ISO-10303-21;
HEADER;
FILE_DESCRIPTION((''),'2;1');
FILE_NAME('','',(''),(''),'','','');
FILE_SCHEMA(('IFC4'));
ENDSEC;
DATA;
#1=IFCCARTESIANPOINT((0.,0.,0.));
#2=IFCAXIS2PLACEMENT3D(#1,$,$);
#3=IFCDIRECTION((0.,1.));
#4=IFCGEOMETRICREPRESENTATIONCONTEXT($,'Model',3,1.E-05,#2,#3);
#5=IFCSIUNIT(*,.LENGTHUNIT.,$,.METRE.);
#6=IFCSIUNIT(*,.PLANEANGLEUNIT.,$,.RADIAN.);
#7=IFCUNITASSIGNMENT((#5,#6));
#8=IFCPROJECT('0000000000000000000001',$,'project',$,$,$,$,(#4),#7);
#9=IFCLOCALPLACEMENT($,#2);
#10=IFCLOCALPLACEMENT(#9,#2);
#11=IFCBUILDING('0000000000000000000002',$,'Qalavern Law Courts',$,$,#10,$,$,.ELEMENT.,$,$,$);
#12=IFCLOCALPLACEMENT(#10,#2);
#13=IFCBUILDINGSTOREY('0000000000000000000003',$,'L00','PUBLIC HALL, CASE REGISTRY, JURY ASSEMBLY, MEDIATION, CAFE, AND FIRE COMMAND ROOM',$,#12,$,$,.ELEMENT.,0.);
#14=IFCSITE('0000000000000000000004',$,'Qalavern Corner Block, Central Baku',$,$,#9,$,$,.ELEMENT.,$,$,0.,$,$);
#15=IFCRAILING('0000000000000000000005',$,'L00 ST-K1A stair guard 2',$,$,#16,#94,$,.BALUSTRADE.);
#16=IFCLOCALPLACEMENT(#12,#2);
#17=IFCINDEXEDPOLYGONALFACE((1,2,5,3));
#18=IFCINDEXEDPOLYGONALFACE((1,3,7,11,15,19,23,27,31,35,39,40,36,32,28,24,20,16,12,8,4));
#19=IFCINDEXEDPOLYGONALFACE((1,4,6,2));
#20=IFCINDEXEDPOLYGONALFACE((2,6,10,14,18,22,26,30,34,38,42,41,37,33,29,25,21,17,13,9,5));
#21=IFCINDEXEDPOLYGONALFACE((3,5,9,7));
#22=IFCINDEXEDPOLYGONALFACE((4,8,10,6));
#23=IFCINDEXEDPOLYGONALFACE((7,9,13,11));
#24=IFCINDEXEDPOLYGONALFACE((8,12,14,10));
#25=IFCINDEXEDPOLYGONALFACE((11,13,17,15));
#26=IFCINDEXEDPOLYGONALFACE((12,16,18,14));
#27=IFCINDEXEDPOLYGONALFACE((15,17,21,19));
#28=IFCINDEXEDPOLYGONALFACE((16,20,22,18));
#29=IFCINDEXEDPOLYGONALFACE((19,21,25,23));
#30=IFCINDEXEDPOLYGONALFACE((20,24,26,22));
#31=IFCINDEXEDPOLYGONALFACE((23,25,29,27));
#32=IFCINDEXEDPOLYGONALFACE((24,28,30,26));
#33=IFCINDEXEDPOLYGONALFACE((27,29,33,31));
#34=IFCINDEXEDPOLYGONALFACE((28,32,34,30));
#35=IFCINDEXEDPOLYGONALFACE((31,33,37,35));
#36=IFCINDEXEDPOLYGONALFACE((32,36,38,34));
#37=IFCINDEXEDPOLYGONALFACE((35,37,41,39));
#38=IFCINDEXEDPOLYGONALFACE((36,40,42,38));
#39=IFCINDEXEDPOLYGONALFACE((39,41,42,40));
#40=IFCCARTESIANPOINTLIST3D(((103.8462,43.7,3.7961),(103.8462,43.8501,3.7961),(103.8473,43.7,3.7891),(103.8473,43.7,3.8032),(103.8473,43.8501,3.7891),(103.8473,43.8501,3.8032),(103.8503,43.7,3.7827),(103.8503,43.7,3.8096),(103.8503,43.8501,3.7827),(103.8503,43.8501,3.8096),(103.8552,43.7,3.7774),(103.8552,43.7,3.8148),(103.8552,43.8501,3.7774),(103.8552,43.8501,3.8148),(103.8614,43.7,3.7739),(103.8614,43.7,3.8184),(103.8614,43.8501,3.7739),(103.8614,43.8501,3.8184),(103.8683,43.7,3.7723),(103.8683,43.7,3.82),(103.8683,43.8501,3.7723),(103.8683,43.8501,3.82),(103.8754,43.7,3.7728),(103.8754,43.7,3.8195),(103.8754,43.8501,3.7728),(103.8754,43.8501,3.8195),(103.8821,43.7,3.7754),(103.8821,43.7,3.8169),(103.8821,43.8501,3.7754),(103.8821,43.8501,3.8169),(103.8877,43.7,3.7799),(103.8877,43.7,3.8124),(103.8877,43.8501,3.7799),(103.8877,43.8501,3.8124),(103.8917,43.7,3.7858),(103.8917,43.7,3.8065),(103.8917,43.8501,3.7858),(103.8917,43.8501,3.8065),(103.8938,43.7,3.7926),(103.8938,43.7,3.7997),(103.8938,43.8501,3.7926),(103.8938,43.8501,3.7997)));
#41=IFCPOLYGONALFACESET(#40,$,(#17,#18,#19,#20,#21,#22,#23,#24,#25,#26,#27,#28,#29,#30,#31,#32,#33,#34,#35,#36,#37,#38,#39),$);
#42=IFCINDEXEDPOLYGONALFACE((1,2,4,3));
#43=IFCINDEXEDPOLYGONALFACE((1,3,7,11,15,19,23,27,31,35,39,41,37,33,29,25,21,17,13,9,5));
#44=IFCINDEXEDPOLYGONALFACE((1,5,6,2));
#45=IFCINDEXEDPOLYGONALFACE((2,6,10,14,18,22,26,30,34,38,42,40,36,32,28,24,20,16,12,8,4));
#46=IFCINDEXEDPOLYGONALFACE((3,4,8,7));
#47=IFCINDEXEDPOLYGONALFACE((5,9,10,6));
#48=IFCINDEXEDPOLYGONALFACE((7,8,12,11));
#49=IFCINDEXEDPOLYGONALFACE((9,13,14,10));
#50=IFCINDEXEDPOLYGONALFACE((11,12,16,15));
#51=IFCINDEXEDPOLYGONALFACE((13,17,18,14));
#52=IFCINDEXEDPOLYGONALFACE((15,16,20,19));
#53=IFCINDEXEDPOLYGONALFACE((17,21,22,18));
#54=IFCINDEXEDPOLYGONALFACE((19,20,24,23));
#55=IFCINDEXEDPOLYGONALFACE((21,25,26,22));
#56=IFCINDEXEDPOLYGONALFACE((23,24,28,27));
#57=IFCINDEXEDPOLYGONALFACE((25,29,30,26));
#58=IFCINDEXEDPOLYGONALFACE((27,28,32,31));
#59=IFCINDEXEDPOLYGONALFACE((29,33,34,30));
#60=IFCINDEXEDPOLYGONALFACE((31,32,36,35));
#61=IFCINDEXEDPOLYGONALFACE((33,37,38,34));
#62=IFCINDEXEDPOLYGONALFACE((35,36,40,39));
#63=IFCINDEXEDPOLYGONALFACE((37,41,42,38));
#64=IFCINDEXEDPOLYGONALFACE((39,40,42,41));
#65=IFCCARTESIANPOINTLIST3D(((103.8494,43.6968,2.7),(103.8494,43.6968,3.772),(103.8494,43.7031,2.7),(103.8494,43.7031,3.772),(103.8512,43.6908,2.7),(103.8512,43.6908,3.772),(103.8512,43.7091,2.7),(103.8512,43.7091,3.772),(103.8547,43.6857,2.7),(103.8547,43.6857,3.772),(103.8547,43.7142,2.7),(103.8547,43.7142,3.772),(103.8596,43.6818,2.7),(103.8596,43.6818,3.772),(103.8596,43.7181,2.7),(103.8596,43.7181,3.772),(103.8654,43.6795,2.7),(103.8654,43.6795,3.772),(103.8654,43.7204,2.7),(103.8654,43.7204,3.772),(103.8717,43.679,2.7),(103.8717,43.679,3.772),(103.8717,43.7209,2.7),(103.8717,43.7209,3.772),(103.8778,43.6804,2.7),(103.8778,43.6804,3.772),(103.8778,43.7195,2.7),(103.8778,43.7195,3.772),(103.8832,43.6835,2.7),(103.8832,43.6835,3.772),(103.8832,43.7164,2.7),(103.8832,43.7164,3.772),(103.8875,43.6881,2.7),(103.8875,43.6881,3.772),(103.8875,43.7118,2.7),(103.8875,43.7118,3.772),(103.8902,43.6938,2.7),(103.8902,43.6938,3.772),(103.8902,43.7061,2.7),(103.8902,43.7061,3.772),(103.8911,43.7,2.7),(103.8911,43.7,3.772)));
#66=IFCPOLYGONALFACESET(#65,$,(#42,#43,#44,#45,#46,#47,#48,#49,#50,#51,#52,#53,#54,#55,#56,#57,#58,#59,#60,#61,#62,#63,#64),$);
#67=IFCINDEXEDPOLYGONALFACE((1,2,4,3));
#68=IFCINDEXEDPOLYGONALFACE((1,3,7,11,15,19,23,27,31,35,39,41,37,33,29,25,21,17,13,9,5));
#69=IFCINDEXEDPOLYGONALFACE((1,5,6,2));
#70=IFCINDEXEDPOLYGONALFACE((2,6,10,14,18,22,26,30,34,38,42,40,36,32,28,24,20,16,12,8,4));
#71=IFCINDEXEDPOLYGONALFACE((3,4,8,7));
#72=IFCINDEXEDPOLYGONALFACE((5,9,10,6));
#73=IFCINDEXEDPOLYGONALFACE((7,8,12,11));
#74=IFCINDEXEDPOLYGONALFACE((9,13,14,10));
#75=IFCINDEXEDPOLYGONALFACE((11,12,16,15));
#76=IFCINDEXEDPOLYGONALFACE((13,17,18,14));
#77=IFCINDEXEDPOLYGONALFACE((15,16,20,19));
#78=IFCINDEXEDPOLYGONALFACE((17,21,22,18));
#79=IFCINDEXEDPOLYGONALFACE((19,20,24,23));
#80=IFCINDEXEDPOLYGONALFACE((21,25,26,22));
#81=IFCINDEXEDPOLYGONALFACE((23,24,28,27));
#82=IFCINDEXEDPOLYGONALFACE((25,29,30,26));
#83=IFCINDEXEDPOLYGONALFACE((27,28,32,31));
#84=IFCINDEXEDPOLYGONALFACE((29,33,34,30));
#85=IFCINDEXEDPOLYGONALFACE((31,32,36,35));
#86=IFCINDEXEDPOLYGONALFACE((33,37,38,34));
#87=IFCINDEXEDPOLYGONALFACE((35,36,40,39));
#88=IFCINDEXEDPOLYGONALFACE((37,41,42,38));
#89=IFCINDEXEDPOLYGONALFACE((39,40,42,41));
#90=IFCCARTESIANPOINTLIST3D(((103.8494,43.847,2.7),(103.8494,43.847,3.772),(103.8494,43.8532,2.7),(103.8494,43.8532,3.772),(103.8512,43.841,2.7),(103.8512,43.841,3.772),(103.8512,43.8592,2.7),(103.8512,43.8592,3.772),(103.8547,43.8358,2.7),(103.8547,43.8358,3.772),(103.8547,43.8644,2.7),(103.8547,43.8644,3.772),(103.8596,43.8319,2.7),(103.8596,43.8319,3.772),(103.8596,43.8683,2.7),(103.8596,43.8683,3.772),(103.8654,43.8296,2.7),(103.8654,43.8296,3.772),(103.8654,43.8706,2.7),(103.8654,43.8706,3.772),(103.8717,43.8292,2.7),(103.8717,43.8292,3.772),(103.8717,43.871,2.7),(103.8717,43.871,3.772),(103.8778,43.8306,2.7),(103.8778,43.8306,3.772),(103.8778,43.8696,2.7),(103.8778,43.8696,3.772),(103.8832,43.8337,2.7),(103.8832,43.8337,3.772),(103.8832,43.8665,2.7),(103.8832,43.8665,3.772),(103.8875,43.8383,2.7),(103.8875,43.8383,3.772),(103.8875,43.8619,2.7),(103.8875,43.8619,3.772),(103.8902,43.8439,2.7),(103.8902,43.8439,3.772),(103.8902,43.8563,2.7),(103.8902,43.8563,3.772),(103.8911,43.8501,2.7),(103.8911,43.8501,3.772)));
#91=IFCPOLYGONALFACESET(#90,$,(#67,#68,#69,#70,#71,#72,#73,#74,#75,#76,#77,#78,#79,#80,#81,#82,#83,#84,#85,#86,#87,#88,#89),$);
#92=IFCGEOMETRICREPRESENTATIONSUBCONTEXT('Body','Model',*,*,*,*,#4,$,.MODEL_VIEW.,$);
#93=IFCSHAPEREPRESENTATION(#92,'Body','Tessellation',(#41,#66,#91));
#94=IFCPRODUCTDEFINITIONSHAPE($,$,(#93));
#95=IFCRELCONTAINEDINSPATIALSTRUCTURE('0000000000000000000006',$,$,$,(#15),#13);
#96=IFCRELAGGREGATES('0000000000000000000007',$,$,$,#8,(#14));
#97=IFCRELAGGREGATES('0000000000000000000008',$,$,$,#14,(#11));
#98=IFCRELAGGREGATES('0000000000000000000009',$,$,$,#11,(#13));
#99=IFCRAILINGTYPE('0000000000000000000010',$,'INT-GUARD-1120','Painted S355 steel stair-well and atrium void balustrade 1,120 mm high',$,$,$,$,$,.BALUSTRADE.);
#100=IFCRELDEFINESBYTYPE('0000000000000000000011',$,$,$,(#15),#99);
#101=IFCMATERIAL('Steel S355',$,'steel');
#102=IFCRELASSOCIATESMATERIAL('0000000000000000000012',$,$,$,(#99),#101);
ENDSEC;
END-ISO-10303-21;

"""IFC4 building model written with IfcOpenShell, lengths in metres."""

from ifc_helpers import new_model, si_unit, direction, frame, origin, origin_2d, place, context, subcontext, project, spatial, circle, extrude, material, type_object, element, save


model = new_model("IFC4")

# Units and contexts
model_context = context("Model", 3, precision=1e-05, world=origin(), true_north=direction((0.0, 1.0)))
body_context = subcontext(model_context, "Body", "Model", "MODEL_VIEW")
ifc_project = project(units=[si_unit("LENGTHUNIT", "METRE"), si_unit("PLANEANGLEUNIT", "RADIAN")], contexts=[model_context])

# Site, building, storey
site_placement = place(None, origin())
site = spatial("IfcSite", under=ifc_project, at=site_placement, Name="Qalavern Corner Block, Central Baku", CompositionType="ELEMENT", RefElevation=0.0)
building_placement = place(site_placement, origin())
building = spatial("IfcBuilding", under=site, at=building_placement, Name="Qalavern Law Courts", CompositionType="ELEMENT")
storey_placement = place(building_placement, origin())
storey = spatial("IfcBuildingStorey", under=building, at=storey_placement, Name="L00", Description="PUBLIC HALL, CASE REGISTRY, JURY ASSEMBLY, MEDIATION, CAFE, AND FIRE COMMAND ROOM", CompositionType="ELEMENT", Elevation=0.0)

# Shared definitions
ifc_material_1 = material(Name="Steel S355", Category="steel")

# Railing
railing_type_1 = type_object("IfcRailingType", Name="INT-GUARD-1120", Description="Painted S355 steel stair-well and atrium void balustrade 1,120 mm high", PredefinedType="BALUSTRADE", material=ifc_material_1)
railing_1_placement = place(storey_placement, frame((103.8701, 43.7, 2.7)))
element("IfcRailing", 1, at=railing_1_placement, inside=storey, type_object=railing_type_1, Name="L00 ST-K1A stair guard 2", PredefinedType="BALUSTRADE", context=body_context, shape_type="SweptSolid", body=[
    extrude(circle(Radius=0.0239, at=origin_2d()), frame((0.0, 0.0, 1.0962), z_axis=(0.0, 1.0, 0.0), x_axis=(-1.0, 0.0, 0.0)), (0.0, 0.0, 1.0), 0.1501),
    extrude(circle(Radius=0.021, at=origin_2d()), origin(), (0.0, 0.0, 1.0), 1.072),
    extrude(circle(Radius=0.021, at=origin_2d()), frame((0.0, 0.1501, 0.0)), (0.0, 0.0, 1.0), 1.072),
])

save(model, "model.ifc")
